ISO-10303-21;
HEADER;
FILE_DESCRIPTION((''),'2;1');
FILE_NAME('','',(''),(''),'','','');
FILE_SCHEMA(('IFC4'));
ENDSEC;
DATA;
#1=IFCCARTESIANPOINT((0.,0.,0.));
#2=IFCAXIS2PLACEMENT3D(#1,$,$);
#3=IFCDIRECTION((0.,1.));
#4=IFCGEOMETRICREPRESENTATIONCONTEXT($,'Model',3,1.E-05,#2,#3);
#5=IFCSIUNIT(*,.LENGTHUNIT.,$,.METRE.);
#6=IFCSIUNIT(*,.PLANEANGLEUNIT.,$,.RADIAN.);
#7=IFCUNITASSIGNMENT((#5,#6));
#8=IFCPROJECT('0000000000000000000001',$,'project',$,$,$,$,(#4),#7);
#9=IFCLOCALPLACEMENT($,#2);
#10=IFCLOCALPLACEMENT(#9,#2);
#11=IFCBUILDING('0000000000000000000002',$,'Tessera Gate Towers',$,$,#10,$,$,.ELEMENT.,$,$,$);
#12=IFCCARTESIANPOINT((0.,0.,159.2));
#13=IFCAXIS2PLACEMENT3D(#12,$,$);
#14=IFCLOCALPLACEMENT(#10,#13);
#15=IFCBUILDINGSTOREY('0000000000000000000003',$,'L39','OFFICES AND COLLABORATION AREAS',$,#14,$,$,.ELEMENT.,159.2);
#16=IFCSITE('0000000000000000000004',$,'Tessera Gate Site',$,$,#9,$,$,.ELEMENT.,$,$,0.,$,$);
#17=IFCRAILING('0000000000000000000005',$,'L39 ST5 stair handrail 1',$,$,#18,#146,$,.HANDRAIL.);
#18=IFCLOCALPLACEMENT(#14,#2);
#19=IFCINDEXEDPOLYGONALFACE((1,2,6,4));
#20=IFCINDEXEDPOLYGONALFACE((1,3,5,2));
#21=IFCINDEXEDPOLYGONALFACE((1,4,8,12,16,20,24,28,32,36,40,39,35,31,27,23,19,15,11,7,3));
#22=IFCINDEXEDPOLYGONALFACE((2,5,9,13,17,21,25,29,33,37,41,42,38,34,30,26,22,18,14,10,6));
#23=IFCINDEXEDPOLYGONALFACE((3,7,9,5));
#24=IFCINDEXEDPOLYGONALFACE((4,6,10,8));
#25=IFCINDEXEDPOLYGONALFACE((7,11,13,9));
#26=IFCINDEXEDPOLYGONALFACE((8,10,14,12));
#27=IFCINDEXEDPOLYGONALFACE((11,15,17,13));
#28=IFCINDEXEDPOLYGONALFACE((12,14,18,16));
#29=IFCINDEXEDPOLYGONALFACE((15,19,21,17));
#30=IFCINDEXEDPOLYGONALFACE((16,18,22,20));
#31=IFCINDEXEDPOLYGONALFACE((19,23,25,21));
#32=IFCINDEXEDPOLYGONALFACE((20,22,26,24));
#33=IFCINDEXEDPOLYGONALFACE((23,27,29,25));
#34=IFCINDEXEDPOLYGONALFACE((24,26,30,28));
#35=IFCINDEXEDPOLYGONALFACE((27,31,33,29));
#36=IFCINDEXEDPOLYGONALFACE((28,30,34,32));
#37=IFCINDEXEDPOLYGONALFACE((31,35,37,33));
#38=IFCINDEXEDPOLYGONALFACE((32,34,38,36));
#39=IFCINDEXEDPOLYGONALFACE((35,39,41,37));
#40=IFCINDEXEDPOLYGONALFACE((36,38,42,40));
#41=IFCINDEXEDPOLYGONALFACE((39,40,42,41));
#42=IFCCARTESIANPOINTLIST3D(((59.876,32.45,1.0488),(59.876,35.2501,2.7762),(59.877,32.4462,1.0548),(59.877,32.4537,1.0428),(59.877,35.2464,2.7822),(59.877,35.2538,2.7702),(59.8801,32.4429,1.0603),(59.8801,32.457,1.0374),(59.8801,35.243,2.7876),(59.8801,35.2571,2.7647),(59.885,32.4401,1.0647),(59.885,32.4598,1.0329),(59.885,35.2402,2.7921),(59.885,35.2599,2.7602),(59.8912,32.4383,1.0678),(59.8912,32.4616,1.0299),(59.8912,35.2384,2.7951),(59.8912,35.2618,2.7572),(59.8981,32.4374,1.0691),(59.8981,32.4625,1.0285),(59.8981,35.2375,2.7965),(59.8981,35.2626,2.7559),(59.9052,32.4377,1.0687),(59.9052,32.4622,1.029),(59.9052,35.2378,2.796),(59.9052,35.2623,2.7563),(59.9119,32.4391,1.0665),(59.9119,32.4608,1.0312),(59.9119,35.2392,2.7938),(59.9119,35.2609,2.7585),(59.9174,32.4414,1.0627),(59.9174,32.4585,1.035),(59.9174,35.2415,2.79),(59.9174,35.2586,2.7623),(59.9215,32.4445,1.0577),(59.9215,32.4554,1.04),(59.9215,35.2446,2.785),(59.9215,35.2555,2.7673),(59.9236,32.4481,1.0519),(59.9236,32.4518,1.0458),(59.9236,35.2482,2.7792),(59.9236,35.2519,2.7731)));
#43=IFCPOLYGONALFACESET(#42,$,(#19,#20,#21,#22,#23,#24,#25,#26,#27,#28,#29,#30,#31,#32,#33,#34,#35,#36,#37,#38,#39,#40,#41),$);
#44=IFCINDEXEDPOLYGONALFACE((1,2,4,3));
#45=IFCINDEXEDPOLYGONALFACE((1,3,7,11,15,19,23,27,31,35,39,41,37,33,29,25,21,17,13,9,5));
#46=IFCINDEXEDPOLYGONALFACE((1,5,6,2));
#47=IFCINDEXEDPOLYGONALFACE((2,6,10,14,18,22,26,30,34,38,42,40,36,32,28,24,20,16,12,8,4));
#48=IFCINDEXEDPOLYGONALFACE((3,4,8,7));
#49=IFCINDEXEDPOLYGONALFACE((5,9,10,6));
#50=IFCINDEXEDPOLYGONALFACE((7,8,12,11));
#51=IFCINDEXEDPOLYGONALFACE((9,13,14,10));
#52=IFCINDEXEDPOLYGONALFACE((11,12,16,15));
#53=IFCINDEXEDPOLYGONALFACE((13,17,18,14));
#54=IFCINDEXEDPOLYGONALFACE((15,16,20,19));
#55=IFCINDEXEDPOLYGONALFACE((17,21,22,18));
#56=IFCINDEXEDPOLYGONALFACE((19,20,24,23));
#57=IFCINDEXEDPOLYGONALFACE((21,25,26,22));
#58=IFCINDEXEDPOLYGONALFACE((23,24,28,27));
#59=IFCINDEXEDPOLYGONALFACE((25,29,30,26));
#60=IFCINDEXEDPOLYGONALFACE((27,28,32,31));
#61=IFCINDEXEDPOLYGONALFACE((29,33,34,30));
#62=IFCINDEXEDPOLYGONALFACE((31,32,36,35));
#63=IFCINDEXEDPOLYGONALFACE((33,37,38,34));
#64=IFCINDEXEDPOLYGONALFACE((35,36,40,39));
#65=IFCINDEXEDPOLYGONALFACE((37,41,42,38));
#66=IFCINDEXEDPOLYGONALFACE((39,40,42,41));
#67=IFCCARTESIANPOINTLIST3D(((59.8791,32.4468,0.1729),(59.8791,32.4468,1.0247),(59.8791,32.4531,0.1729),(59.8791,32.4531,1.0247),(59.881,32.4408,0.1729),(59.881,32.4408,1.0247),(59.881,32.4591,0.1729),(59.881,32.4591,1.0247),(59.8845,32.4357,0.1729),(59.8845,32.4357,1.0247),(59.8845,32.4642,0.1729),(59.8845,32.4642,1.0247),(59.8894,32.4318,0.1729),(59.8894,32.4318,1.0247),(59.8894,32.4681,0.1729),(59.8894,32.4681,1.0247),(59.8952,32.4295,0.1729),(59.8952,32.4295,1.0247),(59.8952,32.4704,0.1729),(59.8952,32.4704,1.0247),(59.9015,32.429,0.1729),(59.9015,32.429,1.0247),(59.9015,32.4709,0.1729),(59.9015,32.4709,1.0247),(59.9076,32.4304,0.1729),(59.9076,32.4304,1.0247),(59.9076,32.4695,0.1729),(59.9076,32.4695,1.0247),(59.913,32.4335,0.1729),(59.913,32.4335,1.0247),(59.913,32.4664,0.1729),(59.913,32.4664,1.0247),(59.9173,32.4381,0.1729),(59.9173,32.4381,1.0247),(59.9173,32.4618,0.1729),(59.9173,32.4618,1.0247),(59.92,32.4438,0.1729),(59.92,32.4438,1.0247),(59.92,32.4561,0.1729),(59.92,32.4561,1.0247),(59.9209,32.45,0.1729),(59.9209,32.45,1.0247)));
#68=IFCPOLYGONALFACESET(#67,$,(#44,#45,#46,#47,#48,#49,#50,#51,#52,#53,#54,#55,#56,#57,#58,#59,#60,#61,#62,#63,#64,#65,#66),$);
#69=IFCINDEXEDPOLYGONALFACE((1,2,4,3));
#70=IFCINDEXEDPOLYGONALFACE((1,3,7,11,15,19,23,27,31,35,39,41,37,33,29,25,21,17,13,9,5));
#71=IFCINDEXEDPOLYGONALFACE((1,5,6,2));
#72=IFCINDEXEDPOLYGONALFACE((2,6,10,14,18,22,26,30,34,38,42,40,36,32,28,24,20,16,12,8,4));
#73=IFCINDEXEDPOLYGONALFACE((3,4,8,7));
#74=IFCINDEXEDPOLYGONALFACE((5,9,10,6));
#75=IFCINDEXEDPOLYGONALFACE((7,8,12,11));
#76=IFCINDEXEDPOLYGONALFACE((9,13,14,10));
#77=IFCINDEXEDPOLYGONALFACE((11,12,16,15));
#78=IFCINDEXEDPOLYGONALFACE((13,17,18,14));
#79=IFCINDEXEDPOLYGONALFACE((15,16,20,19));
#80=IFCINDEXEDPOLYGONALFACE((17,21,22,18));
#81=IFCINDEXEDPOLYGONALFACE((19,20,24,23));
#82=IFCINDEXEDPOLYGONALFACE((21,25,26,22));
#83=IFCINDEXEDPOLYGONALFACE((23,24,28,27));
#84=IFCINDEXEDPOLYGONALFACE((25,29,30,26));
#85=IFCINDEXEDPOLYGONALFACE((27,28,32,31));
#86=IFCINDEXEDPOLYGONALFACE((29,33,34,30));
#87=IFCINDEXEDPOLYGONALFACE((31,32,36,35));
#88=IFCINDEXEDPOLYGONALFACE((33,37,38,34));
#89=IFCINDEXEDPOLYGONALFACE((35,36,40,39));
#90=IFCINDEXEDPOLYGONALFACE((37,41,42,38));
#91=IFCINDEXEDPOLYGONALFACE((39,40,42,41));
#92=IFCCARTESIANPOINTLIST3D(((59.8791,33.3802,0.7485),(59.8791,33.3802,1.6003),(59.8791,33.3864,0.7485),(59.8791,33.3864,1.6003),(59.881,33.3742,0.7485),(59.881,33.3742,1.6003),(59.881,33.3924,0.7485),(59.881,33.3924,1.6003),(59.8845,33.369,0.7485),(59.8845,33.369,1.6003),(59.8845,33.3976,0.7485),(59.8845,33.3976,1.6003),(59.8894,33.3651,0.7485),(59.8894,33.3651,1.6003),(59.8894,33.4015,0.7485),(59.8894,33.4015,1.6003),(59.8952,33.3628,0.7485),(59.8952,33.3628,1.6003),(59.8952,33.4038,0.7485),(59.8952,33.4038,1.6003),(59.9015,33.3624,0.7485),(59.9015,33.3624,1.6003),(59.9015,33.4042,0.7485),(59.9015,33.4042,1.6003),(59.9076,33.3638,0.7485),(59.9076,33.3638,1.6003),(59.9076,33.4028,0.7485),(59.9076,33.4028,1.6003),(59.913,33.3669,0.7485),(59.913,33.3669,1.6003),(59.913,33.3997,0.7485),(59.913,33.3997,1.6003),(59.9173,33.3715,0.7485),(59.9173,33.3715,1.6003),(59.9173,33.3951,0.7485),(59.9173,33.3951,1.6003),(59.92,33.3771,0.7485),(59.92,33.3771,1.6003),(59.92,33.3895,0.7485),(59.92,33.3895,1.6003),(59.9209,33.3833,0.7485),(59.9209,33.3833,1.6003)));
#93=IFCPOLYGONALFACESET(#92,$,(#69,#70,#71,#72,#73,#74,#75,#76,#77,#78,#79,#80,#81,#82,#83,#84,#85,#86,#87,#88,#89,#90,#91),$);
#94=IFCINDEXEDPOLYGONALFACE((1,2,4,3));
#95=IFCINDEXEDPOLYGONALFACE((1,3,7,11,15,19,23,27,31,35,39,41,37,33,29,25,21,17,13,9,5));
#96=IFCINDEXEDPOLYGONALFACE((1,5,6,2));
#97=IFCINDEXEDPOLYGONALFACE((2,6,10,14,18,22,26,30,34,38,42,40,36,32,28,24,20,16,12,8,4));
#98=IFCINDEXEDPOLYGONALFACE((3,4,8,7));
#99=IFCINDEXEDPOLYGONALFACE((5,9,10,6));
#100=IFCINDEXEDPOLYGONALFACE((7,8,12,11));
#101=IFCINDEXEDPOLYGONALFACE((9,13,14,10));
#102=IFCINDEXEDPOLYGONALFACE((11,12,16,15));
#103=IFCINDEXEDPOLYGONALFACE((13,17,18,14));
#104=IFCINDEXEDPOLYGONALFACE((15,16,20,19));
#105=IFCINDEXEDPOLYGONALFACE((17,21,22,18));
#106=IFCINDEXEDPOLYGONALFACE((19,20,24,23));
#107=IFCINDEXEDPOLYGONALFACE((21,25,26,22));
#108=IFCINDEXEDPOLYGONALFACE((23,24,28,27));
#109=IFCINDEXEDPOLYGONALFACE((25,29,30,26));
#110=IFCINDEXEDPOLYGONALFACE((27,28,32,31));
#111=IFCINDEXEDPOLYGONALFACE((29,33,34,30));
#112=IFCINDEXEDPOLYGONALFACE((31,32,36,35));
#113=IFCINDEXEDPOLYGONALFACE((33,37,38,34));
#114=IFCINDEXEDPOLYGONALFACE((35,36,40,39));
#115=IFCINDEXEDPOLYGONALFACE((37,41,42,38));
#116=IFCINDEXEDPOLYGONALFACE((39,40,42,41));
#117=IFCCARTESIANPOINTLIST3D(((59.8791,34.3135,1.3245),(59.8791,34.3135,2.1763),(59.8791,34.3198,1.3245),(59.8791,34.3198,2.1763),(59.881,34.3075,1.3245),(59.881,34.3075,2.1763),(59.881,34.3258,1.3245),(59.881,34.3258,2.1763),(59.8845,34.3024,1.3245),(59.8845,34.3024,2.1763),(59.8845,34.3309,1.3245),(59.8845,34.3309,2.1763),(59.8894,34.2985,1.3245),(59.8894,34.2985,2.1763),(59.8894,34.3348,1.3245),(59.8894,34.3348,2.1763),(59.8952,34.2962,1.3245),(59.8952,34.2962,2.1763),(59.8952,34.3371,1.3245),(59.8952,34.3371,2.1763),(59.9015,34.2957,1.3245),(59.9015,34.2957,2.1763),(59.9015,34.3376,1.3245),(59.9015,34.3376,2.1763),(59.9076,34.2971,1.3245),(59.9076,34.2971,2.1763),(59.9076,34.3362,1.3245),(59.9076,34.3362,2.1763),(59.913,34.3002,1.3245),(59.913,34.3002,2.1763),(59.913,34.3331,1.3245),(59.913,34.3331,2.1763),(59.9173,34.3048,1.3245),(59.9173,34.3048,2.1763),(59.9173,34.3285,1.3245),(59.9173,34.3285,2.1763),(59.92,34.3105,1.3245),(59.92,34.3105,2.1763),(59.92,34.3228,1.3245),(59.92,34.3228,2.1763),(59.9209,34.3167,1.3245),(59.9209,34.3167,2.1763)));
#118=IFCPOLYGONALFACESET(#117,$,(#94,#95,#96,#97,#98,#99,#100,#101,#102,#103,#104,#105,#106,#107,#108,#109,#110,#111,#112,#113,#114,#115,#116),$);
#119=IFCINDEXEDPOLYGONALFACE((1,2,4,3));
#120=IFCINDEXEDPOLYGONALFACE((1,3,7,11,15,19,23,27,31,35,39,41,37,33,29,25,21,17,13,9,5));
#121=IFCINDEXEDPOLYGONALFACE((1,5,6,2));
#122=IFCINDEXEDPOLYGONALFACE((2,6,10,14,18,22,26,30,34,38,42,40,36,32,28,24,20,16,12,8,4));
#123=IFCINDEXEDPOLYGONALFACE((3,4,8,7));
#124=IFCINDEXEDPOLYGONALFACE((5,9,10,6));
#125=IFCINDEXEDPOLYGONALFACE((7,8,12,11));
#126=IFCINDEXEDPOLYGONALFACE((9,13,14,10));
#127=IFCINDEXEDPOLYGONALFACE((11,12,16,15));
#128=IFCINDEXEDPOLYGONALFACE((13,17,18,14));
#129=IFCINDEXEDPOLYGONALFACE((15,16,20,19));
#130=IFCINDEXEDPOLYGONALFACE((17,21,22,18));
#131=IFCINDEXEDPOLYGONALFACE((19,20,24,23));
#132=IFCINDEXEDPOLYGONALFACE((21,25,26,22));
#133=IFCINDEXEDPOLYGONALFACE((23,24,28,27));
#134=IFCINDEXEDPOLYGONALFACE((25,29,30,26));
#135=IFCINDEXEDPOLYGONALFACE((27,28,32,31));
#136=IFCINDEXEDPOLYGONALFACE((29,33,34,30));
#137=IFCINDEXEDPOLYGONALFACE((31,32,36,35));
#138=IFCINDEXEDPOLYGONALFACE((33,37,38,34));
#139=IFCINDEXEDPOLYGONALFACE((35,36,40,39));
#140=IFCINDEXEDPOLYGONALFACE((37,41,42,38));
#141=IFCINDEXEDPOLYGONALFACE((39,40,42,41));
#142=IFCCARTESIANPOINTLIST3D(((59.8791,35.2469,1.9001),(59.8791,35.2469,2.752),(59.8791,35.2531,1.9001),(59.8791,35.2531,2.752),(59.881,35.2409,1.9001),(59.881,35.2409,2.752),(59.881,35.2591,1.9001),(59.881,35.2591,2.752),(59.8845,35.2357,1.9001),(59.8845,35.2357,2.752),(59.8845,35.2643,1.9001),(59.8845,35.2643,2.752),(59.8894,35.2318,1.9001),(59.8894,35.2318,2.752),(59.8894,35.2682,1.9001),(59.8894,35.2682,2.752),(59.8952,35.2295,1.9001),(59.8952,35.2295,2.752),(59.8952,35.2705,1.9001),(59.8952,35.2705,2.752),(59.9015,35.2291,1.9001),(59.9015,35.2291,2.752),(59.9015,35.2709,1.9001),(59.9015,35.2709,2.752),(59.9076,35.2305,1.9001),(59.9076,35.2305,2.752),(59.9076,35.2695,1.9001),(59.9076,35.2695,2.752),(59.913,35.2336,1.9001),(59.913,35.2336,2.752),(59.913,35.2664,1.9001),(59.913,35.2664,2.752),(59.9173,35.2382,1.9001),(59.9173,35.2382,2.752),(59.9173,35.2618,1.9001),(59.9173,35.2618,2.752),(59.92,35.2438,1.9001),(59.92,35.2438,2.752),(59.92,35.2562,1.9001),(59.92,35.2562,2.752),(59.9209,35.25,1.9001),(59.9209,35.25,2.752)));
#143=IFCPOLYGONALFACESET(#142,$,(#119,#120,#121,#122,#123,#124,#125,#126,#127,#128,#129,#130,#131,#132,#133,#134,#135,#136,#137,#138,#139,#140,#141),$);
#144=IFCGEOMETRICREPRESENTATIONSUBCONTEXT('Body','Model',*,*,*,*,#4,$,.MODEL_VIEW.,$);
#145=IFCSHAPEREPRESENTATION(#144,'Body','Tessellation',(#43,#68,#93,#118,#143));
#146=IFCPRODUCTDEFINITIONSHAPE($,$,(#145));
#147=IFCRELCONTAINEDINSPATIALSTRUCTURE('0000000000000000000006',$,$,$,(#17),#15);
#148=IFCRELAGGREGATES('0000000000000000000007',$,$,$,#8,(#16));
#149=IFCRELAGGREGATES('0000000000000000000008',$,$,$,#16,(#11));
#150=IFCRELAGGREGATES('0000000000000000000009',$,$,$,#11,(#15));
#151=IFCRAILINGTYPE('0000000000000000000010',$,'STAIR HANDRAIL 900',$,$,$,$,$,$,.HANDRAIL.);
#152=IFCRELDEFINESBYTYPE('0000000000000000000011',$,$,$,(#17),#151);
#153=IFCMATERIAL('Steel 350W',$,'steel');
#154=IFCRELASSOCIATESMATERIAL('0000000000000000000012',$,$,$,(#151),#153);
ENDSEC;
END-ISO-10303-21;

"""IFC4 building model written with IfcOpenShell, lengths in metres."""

from ifc_helpers import new_model, si_unit, direction, frame, origin, origin_2d, place, context, subcontext, project, spatial, circle, extrude, material, type_object, element, save


model = new_model("IFC4")

# Units and contexts
model_context = context("Model", 3, precision=1e-05, world=origin(), true_north=direction((0.0, 1.0)))
body_context = subcontext(model_context, "Body", "Model", "MODEL_VIEW")
ifc_project = project(units=[si_unit("LENGTHUNIT", "METRE"), si_unit("PLANEANGLEUNIT", "RADIAN")], contexts=[model_context])

# Site, building, storey
site_placement = place(None, origin())
site = spatial("IfcSite", under=ifc_project, at=site_placement, Name="Tessera Gate Site", CompositionType="ELEMENT", RefElevation=0.0)
building_placement = place(site_placement, origin())
building = spatial("IfcBuilding", under=site, at=building_placement, Name="Tessera Gate Towers", CompositionType="ELEMENT")
storey_placement = place(building_placement, frame((0.0, 0.0, 159.2)))
storey = spatial("IfcBuildingStorey", under=building, at=storey_placement, Name="L39", Description="OFFICES AND COLLABORATION AREAS", CompositionType="ELEMENT", Elevation=159.2)

# Railing
ifc_material_1 = material(Name="Steel 350W", Category="steel")
railing_type_1 = type_object("IfcRailingType", Name="STAIR HANDRAIL 900", PredefinedType="HANDRAIL", material=ifc_material_1)
railing_1_placement = place(storey_placement, frame((59.8999, 32.45, 0.1729)))
element("IfcRailing", 1, at=railing_1_placement, inside=storey, type_object=railing_type_1, Name="L39 ST5 stair handrail 1", PredefinedType="HANDRAIL", context=body_context, shape_type="SweptSolid", body=[
    extrude(circle(Radius=0.0239, at=origin_2d()), frame((0.0, 0.0, 0.876), z_axis=(0.0, 0.85109, 0.52502), x_axis=(-1.0, 0.0, 0.0)), (0.0, 0.0, 1.0), 3.29),
    extrude(circle(Radius=0.021, at=origin_2d()), origin(), (0.0, 0.0, 1.0), 0.8518),
    extrude(circle(Radius=0.021, at=origin_2d()), frame((0.0, 0.9333, 0.5757)), (0.0, 0.0, 1.0), 0.8518),
    extrude(circle(Radius=0.021, at=origin_2d()), frame((0.0, 1.8667, 1.1516)), (0.0, 0.0, 1.0), 0.8518),
    extrude(circle(Radius=0.021, at=origin_2d()), frame((0.0, 2.8, 1.7273)), (0.0, 0.0, 1.0), 0.8518),
])

save(model, "model.ifc")
